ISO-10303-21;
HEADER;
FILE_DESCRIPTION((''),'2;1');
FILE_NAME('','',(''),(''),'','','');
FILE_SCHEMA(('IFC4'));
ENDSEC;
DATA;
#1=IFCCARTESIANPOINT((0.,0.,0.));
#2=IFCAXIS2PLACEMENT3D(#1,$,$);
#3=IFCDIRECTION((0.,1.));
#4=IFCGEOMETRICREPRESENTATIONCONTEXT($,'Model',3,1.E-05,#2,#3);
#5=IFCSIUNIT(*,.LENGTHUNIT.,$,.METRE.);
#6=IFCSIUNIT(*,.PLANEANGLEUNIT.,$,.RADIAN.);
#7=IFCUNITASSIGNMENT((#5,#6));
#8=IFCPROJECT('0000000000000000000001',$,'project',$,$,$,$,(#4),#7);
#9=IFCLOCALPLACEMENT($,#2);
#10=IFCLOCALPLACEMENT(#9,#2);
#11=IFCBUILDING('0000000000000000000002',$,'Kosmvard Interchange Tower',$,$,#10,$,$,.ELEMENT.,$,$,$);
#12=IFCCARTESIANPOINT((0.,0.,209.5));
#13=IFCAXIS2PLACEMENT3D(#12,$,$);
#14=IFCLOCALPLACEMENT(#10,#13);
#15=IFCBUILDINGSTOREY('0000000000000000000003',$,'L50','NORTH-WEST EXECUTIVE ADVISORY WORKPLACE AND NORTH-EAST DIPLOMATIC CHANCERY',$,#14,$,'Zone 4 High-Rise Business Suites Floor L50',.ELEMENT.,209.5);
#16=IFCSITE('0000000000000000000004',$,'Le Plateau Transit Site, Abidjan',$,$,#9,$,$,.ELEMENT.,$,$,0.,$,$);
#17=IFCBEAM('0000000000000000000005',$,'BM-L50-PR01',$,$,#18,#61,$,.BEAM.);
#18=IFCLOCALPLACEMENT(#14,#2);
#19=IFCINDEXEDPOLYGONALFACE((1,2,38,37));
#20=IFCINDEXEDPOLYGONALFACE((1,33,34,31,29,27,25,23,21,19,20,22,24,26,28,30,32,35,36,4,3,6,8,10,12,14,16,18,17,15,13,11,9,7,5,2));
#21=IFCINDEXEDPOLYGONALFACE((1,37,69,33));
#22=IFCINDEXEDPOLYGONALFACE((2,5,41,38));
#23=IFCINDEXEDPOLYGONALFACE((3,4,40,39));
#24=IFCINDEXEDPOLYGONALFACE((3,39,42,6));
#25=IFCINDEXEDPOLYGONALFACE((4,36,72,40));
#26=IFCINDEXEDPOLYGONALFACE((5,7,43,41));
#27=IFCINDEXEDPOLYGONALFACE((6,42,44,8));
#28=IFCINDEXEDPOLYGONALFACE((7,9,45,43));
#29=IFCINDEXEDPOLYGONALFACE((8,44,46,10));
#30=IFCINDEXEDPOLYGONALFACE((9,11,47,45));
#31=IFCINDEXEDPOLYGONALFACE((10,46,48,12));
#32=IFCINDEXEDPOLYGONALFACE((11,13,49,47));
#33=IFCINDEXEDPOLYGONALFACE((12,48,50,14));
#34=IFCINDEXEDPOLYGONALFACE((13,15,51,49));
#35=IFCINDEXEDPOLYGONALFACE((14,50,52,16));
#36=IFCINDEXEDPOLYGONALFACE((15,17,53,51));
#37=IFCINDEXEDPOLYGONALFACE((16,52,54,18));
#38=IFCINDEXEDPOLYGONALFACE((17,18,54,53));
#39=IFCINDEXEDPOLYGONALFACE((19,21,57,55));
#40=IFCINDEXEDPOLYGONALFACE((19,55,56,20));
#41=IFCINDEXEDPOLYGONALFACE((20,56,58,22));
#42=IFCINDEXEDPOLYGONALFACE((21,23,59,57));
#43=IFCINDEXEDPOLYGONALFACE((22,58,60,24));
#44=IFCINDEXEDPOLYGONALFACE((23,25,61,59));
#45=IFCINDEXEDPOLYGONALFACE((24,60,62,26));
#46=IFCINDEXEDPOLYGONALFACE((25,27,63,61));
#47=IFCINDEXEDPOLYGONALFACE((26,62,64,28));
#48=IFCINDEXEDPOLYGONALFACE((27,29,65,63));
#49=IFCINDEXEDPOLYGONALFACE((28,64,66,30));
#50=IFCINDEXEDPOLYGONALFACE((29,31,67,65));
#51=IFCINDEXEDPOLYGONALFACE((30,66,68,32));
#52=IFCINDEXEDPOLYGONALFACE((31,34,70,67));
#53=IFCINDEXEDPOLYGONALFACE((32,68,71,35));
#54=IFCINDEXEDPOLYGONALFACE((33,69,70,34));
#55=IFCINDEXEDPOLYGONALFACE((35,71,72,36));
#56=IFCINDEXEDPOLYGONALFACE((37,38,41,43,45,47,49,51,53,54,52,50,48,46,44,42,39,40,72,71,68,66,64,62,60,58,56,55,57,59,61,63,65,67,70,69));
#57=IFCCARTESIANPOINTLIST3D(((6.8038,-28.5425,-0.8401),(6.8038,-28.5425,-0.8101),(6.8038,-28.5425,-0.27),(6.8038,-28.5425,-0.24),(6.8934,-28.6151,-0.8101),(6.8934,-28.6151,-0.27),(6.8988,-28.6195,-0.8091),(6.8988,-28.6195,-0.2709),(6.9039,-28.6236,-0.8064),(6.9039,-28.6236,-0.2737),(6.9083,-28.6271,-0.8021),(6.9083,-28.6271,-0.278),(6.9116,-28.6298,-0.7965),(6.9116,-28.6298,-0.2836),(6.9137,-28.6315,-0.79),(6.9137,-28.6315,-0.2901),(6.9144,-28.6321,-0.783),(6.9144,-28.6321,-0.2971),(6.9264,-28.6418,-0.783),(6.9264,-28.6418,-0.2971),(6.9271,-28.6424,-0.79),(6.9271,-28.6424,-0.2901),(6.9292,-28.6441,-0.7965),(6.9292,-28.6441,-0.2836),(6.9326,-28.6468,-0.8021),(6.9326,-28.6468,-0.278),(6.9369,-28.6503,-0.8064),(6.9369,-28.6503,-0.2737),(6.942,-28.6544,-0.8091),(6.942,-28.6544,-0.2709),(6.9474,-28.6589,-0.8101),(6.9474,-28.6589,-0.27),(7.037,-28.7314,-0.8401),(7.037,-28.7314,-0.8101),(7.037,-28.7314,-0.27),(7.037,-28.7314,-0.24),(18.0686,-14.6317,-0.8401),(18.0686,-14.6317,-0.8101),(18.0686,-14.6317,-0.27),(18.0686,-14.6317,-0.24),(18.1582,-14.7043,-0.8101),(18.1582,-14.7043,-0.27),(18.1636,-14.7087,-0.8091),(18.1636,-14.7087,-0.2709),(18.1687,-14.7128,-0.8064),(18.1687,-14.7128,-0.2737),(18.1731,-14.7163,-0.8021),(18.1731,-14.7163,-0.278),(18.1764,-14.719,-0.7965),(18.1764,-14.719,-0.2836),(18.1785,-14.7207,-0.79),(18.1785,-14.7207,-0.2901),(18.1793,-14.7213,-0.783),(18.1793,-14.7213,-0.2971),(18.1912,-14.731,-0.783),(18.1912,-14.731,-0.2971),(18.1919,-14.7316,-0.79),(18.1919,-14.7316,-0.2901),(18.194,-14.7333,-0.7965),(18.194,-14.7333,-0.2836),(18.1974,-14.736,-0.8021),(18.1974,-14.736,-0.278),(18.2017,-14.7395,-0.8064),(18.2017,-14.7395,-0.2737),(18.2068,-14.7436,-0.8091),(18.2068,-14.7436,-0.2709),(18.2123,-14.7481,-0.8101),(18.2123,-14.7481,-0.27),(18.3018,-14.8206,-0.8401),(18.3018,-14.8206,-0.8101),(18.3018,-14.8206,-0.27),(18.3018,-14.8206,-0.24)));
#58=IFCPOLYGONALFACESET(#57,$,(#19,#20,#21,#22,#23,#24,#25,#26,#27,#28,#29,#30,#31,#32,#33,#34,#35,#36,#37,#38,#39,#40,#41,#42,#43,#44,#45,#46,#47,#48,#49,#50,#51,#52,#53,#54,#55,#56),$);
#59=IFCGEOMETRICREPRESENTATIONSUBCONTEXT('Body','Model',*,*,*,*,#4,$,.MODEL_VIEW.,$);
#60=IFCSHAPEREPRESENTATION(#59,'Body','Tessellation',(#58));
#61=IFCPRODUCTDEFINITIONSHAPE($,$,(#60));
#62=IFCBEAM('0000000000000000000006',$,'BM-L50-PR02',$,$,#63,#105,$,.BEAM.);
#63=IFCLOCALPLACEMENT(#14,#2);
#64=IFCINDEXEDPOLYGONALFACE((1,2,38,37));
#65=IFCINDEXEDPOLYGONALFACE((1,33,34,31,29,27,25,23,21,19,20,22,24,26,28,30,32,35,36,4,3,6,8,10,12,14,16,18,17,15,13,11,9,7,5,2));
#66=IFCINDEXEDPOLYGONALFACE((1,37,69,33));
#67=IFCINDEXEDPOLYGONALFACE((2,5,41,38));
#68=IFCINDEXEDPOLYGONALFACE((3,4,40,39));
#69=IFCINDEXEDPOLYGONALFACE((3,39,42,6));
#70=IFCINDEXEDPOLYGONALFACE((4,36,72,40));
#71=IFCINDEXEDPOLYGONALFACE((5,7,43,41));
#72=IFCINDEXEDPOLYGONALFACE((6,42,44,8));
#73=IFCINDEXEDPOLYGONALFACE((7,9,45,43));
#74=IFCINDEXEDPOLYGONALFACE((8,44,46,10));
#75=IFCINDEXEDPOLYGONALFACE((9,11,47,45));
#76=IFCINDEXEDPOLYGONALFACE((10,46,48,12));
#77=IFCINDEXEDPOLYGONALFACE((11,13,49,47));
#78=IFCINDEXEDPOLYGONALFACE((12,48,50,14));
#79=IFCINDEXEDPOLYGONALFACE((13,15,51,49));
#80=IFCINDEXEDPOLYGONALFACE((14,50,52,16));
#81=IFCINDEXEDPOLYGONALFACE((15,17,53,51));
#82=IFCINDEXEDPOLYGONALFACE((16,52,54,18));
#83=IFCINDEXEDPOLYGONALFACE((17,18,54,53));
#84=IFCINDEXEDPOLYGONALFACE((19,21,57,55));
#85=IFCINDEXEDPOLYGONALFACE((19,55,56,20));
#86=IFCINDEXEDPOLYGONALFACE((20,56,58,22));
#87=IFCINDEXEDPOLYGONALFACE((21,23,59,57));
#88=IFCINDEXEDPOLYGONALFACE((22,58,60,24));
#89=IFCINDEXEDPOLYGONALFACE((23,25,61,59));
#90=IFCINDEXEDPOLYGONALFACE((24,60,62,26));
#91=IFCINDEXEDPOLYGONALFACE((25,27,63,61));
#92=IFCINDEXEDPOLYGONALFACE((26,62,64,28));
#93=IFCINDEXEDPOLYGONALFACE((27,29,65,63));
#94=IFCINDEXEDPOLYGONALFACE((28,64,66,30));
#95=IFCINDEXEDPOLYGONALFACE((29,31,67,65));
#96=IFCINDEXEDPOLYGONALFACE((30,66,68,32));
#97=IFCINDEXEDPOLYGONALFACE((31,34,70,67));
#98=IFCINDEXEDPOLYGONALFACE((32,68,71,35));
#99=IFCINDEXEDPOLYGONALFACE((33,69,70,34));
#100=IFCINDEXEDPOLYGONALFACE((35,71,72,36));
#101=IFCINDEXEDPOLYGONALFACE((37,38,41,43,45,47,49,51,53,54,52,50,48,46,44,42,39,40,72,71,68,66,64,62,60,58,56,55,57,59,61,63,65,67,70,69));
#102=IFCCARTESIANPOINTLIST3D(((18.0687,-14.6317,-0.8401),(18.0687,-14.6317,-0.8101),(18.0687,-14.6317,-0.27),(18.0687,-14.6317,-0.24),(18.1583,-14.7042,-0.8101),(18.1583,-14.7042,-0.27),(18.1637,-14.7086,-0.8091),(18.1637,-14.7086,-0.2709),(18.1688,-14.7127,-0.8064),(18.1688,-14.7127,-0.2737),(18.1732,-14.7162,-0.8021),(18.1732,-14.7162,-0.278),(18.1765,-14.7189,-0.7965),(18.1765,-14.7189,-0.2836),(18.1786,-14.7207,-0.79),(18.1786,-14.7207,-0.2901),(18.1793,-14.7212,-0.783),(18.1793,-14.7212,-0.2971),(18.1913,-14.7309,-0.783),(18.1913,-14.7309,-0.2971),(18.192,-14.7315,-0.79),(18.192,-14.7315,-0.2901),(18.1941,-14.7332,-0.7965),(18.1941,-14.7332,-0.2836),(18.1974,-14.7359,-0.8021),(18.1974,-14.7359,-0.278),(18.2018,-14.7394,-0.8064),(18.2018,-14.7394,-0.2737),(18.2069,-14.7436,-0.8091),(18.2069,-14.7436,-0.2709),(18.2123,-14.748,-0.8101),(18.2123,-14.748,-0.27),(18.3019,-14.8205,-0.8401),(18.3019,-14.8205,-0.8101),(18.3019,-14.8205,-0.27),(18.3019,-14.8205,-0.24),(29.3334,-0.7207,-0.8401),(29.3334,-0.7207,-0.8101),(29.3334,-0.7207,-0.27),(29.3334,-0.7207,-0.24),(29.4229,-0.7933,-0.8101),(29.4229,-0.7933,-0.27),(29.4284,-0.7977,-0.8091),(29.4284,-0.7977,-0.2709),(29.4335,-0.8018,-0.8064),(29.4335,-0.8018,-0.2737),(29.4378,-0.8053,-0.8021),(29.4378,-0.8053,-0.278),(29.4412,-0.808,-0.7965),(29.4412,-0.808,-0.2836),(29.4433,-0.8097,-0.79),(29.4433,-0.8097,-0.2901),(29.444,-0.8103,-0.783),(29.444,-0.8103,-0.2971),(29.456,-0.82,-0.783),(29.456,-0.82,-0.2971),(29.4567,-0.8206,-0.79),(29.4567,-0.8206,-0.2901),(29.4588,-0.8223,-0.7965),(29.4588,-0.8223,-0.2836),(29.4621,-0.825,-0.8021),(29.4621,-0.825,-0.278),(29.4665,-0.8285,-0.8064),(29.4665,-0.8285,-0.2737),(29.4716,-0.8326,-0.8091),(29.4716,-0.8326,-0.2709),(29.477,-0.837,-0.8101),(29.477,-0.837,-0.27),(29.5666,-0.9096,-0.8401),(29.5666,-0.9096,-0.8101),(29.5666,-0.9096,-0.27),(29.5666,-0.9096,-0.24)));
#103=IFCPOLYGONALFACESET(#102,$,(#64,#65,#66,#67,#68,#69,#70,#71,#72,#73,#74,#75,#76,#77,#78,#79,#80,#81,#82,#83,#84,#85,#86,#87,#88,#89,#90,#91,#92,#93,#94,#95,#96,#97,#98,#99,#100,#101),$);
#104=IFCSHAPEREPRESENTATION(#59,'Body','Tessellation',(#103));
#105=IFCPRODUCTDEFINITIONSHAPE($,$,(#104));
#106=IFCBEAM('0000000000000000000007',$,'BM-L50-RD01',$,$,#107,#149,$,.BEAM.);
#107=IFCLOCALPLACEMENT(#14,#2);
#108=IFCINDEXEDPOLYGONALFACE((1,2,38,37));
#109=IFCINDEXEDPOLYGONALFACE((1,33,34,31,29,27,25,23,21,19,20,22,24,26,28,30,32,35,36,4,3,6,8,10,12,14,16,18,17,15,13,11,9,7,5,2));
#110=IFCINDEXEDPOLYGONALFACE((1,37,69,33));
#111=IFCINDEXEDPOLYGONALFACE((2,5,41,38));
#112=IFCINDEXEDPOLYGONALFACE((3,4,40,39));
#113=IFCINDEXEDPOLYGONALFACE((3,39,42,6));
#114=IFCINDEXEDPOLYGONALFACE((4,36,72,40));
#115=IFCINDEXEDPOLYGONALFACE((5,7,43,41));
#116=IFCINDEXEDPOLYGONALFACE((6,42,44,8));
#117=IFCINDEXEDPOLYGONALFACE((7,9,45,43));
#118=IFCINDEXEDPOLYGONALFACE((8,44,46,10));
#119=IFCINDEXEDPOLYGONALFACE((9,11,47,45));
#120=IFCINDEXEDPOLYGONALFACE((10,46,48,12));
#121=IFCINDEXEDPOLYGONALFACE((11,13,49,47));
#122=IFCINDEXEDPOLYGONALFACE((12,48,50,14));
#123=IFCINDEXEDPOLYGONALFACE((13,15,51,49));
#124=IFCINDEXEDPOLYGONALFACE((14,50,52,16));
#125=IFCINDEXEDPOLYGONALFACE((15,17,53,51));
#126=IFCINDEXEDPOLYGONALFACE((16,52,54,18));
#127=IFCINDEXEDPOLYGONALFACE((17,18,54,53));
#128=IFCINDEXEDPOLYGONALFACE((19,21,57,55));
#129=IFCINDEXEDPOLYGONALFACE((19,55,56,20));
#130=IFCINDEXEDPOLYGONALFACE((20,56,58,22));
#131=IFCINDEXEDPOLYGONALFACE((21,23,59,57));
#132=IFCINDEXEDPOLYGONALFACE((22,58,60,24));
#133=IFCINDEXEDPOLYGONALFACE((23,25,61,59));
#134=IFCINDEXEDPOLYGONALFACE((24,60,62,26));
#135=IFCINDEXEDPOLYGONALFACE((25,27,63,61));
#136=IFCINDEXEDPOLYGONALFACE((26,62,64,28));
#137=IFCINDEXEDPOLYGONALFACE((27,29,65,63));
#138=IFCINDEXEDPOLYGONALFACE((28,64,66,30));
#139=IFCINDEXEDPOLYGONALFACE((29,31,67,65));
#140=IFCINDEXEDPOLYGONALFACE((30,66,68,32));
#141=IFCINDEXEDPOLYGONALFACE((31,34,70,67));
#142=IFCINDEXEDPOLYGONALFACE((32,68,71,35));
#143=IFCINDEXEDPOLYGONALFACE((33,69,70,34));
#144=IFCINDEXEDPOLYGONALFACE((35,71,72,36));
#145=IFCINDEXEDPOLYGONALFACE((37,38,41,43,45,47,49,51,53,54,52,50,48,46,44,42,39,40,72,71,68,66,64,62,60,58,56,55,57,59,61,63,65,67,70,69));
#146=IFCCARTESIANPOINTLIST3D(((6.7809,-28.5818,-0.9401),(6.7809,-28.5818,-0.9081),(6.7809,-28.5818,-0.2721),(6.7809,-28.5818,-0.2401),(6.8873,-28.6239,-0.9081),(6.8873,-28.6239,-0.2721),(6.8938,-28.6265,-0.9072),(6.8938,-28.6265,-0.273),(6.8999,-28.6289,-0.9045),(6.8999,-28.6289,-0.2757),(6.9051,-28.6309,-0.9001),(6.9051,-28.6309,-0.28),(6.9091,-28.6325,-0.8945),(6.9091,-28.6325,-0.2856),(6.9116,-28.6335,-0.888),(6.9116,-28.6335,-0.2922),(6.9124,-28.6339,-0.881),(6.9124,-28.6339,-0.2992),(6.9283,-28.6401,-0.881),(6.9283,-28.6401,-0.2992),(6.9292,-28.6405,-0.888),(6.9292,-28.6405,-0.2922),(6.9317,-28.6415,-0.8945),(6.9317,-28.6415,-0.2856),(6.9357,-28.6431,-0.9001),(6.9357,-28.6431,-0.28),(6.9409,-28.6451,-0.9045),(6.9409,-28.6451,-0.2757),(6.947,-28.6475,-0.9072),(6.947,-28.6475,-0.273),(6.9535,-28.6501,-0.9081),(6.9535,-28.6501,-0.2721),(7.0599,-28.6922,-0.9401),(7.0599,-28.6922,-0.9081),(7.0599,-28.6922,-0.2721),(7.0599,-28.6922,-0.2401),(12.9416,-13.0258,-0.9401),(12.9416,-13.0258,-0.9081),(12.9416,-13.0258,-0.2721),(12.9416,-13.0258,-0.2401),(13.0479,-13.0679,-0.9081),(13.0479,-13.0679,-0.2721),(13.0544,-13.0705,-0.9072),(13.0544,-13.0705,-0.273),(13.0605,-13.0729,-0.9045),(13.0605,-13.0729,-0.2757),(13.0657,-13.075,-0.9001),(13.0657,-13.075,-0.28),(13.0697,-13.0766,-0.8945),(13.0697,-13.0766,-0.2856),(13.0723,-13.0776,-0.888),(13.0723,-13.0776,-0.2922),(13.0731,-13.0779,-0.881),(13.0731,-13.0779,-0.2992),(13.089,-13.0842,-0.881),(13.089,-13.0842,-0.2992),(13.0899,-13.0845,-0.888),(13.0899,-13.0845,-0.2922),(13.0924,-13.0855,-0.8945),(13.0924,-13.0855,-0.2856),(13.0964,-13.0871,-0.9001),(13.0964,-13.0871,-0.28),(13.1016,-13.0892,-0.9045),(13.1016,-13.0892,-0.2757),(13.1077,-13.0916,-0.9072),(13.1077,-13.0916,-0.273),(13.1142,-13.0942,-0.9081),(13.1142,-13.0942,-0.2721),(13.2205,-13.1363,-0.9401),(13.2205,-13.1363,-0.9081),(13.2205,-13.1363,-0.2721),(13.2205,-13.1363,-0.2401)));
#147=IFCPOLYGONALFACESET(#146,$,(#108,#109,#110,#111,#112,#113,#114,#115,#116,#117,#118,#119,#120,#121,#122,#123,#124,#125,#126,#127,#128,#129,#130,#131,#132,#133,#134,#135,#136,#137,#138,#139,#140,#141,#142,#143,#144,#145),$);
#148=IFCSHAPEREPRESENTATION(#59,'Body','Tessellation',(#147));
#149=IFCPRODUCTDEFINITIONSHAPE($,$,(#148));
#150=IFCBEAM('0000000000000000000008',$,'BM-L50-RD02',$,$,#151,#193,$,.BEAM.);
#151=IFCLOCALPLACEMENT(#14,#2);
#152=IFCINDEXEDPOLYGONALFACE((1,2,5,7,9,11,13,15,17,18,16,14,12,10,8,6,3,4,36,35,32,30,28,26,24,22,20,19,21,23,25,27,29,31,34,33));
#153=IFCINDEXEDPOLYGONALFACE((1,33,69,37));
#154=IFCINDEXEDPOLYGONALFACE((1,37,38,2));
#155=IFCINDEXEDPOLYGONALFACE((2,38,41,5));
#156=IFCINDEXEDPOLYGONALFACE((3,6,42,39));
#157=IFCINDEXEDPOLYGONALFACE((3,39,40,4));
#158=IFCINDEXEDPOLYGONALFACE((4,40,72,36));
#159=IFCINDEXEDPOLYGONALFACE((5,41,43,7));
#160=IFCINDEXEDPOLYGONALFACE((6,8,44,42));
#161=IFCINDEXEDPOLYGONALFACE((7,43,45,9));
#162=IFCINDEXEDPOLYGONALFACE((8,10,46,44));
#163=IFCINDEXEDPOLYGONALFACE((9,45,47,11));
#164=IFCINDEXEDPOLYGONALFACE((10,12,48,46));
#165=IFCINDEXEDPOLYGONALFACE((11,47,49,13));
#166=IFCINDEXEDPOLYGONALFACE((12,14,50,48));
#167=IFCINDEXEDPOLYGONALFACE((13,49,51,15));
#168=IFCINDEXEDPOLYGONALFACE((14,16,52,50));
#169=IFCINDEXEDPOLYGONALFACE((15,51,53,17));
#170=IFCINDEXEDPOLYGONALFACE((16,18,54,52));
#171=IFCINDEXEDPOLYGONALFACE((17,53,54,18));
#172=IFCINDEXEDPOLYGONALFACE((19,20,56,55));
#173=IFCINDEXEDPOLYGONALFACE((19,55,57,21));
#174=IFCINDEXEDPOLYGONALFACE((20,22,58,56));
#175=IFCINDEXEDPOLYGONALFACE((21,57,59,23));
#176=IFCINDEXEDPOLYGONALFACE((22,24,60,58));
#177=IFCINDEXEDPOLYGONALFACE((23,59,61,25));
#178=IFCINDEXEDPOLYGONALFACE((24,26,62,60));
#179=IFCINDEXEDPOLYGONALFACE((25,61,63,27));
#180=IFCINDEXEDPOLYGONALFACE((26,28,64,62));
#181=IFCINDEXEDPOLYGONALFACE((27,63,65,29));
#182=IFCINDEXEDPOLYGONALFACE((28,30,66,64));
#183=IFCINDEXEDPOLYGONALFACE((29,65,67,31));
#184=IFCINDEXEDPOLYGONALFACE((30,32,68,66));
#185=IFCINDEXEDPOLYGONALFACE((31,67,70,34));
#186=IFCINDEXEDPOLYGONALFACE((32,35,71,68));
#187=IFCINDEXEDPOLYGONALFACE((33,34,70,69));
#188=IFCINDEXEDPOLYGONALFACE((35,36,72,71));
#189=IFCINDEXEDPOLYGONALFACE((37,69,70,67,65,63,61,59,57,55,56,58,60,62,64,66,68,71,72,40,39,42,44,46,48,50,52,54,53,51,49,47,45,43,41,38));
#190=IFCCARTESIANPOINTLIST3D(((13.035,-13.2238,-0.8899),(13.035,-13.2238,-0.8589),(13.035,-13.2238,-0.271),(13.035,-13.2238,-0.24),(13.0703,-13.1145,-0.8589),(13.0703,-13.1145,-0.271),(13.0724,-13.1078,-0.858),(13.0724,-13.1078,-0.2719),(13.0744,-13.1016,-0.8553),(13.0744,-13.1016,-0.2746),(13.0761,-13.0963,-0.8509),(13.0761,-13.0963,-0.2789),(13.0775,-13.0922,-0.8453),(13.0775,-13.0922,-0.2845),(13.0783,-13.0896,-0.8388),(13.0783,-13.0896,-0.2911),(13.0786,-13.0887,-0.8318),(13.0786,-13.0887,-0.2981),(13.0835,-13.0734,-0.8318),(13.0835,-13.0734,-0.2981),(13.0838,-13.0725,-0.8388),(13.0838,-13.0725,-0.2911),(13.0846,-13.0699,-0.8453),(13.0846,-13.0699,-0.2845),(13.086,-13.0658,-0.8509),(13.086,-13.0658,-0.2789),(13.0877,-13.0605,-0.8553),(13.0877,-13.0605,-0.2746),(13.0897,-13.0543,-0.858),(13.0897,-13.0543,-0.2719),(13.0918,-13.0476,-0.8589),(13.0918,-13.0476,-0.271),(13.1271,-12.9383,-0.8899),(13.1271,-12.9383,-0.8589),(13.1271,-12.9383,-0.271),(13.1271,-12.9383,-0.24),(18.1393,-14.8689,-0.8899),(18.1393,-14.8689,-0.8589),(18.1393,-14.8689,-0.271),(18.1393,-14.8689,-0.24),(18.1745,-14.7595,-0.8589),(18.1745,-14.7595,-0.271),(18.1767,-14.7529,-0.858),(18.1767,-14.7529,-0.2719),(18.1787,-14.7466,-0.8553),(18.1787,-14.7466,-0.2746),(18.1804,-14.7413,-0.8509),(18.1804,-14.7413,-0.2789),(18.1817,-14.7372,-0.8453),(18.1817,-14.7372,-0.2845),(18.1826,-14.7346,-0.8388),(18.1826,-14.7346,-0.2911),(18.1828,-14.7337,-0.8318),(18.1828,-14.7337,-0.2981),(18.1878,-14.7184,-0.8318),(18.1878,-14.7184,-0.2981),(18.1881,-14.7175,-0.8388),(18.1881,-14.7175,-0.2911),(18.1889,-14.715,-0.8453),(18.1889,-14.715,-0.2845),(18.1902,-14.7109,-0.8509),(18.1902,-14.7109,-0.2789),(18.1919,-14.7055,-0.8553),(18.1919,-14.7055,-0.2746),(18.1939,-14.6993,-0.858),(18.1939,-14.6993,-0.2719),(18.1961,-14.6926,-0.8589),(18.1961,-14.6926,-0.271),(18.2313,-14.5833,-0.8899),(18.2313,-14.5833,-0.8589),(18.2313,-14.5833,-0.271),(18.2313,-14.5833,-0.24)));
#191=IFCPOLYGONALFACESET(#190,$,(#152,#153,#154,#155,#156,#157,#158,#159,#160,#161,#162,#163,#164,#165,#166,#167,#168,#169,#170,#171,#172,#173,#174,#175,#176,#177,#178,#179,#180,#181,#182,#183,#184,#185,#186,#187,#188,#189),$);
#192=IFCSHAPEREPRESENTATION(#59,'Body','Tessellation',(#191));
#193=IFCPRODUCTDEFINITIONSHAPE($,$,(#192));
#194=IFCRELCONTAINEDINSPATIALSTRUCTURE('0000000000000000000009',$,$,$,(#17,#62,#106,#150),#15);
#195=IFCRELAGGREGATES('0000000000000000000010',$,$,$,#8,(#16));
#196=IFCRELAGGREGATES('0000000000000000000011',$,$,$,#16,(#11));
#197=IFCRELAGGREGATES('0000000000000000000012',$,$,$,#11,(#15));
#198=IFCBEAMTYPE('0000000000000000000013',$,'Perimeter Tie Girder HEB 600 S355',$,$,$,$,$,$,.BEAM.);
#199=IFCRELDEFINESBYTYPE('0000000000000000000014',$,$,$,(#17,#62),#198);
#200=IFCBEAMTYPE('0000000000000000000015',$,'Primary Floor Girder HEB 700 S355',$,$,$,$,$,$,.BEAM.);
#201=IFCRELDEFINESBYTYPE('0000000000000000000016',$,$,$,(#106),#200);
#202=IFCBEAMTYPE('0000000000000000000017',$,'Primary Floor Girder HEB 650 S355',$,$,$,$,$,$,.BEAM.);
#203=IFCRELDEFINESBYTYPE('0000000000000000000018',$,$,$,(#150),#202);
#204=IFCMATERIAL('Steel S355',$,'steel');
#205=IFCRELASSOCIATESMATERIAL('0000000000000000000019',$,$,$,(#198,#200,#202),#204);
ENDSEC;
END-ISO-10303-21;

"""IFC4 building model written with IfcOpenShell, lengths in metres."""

from ifc_helpers import new_model, si_unit, direction, frame, origin, origin_2d, place, context, subcontext, project, spatial, i_section, extrude, source, transform, mapped, material, material_profile, profile_set, type_object, element, save


model = new_model("IFC4")

# Units and contexts
model_context = context("Model", 3, precision=1e-05, world=origin(), true_north=direction((0.0, 1.0)))
body_context = subcontext(model_context, "Body", "Model", "MODEL_VIEW")
ifc_project = project(units=[si_unit("LENGTHUNIT", "METRE"), si_unit("PLANEANGLEUNIT", "RADIAN")], contexts=[model_context])

# Site, building, storey
site_placement = place(None, origin())
site = spatial("IfcSite", under=ifc_project, at=site_placement, Name="Le Plateau Transit Site, Abidjan", CompositionType="ELEMENT", RefElevation=0.0)
building_placement = place(site_placement, origin())
building = spatial("IfcBuilding", under=site, at=building_placement, Name="Kosmvard Interchange Tower", CompositionType="ELEMENT")
storey_placement = place(building_placement, frame((0.0, 0.0, 209.5)))
storey = spatial("IfcBuildingStorey", under=building, at=storey_placement, Name="L50", Description="NORTH-WEST EXECUTIVE ADVISORY WORKPLACE AND NORTH-EAST DIPLOMATIC CHANCERY", LongName="Zone 4 High-Rise Business Suites Floor L50", CompositionType="ELEMENT", Elevation=209.5)

# Beams
ifc_material_1 = material(Name="Steel S355", Category="steel")
ifc_material_profile_1 = material_profile(ifc_material_1, i_section(OverallWidth=0.3, OverallDepth=0.6001, WebThickness=0.0154, FlangeThickness=0.03, FilletRadius=0.0271, at=origin_2d()), Name="HEB 600")
ifc_profile_set_1 = profile_set([ifc_material_profile_1], Name="Steel S355")
beam_type_1 = type_object("IfcBeamType", Name="Perimeter Tie Girder HEB 600 S355", PredefinedType="BEAM", material=ifc_profile_set_1)
shared_shape_1 = source(origin(), body_context, "Body", "SweptSolid", [
    extrude(i_section(OverallWidth=0.3, OverallDepth=0.6001, WebThickness=0.0154, FlangeThickness=0.03, FilletRadius=0.0271, at=origin_2d()), origin(), (0.0, 0.0, 1.0), 17.8999),
])
for number, where, z_axis, x_axis, name in (
    (1, (6.9204, -28.637, -0.54), (0.629323, 0.777144, 0.0), (-0.777144, 0.629323, 0.0), "BM-L50-PR01"),
    (2, (18.1853, -14.7261, -0.54), (0.629315, 0.777151, 0.0), (-0.777151, 0.629315, 0.0), "BM-L50-PR02"),
):
    element("IfcBeam", number, at=place(storey_placement, frame(where, z_axis=z_axis, x_axis=x_axis)), inside=storey, type_object=beam_type_1, Name=name, PredefinedType="BEAM", context=body_context, shape_type="MappedRepresentation", body=[
        mapped(shared_shape_1, transform((0.0, 0.0, 0.0), scale=1.0)),
    ])
ifc_material_profile_2 = material_profile(ifc_material_1, i_section(OverallWidth=0.3, OverallDepth=0.7, WebThickness=0.0171, FlangeThickness=0.032, FilletRadius=0.0271, at=origin_2d()), Name="HEB 700")
ifc_profile_set_2 = profile_set([ifc_material_profile_2], Name="Steel S355")
beam_type_2 = type_object("IfcBeamType", Name="Primary Floor Girder HEB 700 S355", PredefinedType="BEAM", material=ifc_profile_set_2)
shared_shape_2 = source(origin(), body_context, "Body", "SweptSolid", [
    extrude(i_section(OverallWidth=0.3, OverallDepth=0.7, WebThickness=0.0171, FlangeThickness=0.032, FilletRadius=0.0271, at=origin_2d()), origin(), (0.0, 0.0, 1.0), 16.7314),
])
beam_1_placement = place(storey_placement, frame((13.0811, -13.0811, -0.5901), z_axis=(-0.368209, -0.929743, 0.0), x_axis=(0.929743, -0.368209, 0.0)))
element("IfcBeam", 3, at=beam_1_placement, inside=storey, type_object=beam_type_2, Name="BM-L50-RD01", PredefinedType="BEAM", context=body_context, shape_type="MappedRepresentation", body=[
    mapped(shared_shape_2, transform((0.0, 0.0, 0.0), scale=1.0)),
])
ifc_material_profile_3 = material_profile(ifc_material_1, i_section(OverallWidth=0.3, OverallDepth=0.6499, WebThickness=0.0161, FlangeThickness=0.031, FilletRadius=0.0271, at=origin_2d()), Name="HEB 650")
ifc_profile_set_3 = profile_set([ifc_material_profile_3], Name="Steel S355")
beam_type_3 = type_object("IfcBeamType", Name="Primary Floor Girder HEB 650 S355", PredefinedType="BEAM", material=ifc_profile_set_3)
shared_shape_3 = source(origin(), body_context, "Body", "SweptSolid", [
    extrude(i_section(OverallWidth=0.3, OverallDepth=0.6499, WebThickness=0.0161, FlangeThickness=0.031, FilletRadius=0.0271, at=origin_2d()), origin(), (0.0, 0.0, 1.0), 5.3628),
])
beam_2_placement = place(storey_placement, frame((13.0811, -13.0811, -0.5649), z_axis=(0.951791, -0.306747, 0.0), x_axis=(0.306747, 0.951791, 0.0)))
element("IfcBeam", 4, at=beam_2_placement, inside=storey, type_object=beam_type_3, Name="BM-L50-RD02", PredefinedType="BEAM", context=body_context, shape_type="MappedRepresentation", body=[
    mapped(shared_shape_3, transform((0.0, 0.0, 0.0), scale=1.0)),
])

save(model, "model.ifc")
